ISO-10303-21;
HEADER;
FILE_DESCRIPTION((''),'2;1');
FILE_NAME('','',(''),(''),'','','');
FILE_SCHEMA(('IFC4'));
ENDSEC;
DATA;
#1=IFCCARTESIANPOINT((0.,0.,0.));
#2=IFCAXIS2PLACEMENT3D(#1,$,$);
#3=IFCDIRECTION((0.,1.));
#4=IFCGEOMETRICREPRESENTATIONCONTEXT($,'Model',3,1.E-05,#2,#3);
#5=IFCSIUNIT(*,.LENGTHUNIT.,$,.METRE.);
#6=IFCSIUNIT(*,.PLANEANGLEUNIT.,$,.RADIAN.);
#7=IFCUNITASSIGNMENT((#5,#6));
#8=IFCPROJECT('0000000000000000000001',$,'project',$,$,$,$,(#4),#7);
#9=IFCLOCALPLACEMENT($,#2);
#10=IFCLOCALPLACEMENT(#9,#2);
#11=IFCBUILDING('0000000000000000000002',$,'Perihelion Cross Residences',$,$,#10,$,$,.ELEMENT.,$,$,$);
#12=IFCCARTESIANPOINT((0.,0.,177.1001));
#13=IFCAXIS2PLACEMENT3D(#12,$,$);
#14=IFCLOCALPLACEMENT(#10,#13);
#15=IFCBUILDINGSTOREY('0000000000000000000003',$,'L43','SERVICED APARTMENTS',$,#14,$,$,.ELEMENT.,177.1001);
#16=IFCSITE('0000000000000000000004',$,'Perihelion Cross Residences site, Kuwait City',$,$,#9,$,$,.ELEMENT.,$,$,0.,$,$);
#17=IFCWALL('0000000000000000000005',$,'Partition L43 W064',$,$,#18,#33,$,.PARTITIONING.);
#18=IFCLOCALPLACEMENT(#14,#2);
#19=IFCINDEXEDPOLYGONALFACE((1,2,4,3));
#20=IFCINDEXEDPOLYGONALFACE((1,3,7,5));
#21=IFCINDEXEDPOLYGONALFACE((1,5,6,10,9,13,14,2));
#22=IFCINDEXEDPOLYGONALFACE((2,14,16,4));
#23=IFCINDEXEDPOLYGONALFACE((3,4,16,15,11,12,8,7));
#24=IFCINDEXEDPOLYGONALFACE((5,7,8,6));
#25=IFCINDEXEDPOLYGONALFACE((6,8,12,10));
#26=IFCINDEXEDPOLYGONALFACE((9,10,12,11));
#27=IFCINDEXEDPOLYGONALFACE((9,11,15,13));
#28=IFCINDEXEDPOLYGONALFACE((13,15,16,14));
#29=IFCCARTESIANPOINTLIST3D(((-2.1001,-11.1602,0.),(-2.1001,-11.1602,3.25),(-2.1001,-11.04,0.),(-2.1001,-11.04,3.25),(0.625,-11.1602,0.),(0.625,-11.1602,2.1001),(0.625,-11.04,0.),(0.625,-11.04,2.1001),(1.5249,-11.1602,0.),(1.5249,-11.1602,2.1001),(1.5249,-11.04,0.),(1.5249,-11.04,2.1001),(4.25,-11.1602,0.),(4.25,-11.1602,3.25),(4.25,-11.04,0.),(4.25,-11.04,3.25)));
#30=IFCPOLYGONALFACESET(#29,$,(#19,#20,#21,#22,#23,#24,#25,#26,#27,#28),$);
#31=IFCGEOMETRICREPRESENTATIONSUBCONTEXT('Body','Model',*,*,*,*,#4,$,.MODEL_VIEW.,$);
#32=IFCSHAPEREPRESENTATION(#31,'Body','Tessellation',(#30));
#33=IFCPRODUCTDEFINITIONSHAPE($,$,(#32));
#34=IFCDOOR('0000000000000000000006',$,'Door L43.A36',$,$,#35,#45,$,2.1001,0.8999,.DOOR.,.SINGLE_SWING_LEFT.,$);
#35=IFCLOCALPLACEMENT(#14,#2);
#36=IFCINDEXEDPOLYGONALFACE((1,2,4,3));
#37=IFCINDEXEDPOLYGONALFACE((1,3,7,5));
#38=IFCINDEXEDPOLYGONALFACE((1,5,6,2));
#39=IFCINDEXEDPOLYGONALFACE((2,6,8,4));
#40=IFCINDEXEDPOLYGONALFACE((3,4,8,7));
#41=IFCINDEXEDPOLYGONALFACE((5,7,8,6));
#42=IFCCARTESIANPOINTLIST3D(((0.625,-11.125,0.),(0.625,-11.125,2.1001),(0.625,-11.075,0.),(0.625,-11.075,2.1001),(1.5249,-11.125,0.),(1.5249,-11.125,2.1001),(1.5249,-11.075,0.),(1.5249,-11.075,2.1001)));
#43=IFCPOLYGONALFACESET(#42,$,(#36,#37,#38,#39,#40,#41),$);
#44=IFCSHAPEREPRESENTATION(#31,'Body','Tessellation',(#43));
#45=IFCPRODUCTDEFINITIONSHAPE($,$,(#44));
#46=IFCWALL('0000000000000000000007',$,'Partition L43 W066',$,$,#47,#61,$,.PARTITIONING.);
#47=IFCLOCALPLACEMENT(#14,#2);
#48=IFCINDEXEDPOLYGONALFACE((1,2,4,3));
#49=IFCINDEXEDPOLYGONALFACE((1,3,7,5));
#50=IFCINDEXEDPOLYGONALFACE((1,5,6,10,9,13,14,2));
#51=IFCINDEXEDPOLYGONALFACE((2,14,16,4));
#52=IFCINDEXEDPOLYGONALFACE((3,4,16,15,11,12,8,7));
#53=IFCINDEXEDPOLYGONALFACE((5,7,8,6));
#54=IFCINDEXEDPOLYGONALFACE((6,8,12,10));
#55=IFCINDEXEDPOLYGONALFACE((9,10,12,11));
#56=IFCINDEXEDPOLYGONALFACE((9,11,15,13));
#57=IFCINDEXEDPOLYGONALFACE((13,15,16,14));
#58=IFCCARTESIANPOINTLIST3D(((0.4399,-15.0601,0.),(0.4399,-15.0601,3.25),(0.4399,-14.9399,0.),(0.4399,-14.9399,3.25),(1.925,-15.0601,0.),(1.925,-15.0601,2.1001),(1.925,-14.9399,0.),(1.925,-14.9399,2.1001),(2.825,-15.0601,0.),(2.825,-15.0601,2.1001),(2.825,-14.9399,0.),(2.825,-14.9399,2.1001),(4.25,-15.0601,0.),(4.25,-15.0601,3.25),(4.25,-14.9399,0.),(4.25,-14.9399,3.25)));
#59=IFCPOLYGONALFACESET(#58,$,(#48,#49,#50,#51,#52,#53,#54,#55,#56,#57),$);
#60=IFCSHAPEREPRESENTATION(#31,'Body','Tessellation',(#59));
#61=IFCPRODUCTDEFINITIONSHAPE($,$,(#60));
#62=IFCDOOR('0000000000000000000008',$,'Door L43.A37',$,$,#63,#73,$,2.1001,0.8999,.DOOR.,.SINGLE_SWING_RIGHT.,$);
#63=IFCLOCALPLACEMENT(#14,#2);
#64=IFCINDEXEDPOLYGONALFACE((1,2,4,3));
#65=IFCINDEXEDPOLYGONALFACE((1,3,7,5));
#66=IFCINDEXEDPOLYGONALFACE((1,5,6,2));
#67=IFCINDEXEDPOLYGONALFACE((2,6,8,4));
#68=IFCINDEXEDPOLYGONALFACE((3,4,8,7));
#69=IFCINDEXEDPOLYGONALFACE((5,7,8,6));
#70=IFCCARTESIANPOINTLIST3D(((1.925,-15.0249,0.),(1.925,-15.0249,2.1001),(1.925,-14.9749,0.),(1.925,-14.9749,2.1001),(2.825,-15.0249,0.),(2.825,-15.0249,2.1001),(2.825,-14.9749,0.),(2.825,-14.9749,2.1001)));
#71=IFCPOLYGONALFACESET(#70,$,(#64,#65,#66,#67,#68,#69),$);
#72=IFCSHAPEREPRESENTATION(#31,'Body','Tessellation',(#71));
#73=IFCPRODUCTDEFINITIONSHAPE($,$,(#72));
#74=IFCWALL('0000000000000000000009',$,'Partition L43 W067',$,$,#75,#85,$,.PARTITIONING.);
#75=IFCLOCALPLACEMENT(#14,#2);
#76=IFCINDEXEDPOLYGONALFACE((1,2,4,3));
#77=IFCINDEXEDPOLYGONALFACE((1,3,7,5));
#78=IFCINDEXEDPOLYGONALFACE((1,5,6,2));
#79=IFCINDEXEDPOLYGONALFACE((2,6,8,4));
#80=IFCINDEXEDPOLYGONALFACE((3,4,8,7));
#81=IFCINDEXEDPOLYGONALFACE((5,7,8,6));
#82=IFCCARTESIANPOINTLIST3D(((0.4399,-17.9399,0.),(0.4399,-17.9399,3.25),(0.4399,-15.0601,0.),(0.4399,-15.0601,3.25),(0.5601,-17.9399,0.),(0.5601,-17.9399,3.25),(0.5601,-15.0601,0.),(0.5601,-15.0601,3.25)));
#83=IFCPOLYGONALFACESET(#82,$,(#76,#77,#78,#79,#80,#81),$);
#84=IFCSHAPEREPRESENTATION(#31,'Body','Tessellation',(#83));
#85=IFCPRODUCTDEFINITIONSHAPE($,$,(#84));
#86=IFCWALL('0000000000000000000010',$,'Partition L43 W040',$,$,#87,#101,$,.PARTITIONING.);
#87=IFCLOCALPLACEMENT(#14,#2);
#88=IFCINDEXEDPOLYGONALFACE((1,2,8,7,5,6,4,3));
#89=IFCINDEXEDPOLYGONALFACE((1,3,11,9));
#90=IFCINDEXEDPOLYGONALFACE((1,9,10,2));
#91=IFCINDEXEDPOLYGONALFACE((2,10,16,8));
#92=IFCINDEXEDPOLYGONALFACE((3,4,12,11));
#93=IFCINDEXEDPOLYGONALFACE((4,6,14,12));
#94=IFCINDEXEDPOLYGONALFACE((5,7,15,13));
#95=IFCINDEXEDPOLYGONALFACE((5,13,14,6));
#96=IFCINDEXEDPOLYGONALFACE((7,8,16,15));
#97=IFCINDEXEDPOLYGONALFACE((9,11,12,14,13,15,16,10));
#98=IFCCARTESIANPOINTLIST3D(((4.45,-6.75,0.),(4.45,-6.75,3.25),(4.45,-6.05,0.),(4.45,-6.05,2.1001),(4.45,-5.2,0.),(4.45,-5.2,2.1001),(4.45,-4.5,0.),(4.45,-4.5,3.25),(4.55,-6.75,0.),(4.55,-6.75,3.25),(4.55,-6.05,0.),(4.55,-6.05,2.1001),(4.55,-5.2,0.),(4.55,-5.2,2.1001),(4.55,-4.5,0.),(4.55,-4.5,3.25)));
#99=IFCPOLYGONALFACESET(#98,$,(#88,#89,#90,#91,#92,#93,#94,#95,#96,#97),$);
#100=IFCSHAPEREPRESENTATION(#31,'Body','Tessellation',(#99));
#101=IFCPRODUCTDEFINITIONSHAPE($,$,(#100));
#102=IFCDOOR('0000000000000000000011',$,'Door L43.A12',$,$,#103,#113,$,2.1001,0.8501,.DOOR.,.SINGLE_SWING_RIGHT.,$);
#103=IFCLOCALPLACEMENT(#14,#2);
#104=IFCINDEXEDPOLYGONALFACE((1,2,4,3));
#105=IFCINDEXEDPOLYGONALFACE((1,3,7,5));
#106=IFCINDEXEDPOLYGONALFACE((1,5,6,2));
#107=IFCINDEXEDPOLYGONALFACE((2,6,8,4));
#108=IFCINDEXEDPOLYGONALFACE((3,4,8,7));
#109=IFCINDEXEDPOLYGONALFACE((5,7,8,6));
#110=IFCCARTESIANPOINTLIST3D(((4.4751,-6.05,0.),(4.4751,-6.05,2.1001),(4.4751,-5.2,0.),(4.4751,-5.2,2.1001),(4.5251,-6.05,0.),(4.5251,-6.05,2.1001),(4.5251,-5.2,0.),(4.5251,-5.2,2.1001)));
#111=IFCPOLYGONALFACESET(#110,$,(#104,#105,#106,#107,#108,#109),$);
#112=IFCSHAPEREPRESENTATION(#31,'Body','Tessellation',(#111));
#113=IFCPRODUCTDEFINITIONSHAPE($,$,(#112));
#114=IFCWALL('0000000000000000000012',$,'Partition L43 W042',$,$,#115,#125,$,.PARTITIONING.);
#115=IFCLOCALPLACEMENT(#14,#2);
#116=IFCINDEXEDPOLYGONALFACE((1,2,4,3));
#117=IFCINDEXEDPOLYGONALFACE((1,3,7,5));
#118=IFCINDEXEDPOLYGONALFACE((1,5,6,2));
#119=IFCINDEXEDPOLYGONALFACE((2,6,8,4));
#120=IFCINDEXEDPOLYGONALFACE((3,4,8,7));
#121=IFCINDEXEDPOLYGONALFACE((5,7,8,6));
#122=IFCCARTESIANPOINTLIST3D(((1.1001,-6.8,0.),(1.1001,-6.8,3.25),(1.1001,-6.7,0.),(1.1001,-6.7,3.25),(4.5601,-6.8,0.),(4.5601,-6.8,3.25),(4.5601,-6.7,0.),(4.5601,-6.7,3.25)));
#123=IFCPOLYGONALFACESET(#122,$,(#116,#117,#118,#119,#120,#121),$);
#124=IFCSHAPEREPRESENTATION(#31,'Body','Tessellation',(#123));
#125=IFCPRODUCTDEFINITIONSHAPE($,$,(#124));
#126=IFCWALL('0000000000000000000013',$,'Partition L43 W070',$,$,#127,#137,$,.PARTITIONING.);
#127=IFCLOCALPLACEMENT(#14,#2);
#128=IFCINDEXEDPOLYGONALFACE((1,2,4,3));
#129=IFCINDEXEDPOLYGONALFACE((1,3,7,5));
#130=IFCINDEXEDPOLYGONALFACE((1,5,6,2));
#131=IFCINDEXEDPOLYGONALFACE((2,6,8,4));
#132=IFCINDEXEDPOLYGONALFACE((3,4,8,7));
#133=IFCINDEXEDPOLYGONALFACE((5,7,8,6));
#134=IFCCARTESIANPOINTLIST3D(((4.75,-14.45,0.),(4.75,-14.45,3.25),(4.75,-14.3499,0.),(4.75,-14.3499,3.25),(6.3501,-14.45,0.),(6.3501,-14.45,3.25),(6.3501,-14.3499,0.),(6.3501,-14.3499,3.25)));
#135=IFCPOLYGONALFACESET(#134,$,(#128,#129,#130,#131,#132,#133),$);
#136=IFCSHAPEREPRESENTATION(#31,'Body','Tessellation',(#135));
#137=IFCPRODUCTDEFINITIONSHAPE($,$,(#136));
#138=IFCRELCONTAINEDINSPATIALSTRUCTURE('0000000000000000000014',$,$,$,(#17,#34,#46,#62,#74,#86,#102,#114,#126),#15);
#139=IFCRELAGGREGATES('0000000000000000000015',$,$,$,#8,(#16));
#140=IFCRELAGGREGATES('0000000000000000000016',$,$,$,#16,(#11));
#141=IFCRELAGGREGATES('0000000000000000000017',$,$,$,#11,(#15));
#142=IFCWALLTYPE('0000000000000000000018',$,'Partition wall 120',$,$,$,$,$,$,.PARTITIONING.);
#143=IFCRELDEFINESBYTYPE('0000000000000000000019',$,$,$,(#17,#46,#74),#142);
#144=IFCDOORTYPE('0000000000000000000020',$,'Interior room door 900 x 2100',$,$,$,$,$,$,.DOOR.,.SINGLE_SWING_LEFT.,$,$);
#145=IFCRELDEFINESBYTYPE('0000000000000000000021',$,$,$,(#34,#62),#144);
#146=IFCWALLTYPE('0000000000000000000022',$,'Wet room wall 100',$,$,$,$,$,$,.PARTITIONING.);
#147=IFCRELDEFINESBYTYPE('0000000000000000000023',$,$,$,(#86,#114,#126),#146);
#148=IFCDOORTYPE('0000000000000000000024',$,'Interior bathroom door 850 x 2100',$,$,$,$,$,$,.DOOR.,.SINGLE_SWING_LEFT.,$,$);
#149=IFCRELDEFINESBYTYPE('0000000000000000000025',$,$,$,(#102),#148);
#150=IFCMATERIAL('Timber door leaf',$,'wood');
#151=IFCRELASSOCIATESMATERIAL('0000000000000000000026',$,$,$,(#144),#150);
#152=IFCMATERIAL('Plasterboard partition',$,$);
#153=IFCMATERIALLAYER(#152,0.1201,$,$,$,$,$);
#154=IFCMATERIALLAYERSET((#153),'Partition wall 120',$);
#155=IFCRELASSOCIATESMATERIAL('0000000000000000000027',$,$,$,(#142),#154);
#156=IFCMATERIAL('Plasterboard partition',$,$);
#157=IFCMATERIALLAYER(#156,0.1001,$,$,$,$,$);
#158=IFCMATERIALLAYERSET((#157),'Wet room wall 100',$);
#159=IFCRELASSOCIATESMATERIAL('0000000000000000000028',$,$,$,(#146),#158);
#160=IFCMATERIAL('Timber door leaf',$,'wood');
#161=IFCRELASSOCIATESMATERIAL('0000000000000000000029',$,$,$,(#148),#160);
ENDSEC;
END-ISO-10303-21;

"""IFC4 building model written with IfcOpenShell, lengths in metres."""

from ifc_helpers import new_model, si_unit, direction, frame, frame_2d, origin, place, context, subcontext, project, spatial, rectangle, extrude, material, layer, layer_set, type_object, element, fill, save


model = new_model("IFC4")

# Units and contexts
model_context = context("Model", 3, precision=1e-05, world=origin(), true_north=direction((0.0, 1.0)))
body_context = subcontext(model_context, "Body", "Model", "MODEL_VIEW")
ifc_project = project(units=[si_unit("LENGTHUNIT", "METRE"), si_unit("PLANEANGLEUNIT", "RADIAN")], contexts=[model_context])

# Site, building, storey
site_placement = place(None, origin())
site = spatial("IfcSite", under=ifc_project, at=site_placement, Name="Perihelion Cross Residences site, Kuwait City", CompositionType="ELEMENT", RefElevation=0.0)
building_placement = place(site_placement, origin())
building = spatial("IfcBuilding", under=site, at=building_placement, Name="Perihelion Cross Residences", CompositionType="ELEMENT")
storey_placement = place(building_placement, frame((0.0, 0.0, 177.1001)))
storey = spatial("IfcBuildingStorey", under=building, at=storey_placement, Name="L43", Description="SERVICED APARTMENTS", CompositionType="ELEMENT", Elevation=177.1001)

# Walls, openings, doors
ifc_material_1 = material(Name="Timber door leaf", Category="wood")
door_type_1 = type_object("IfcDoorType", Name="Interior room door 900 x 2100", OperationType="SINGLE_SWING_LEFT", PredefinedType="DOOR", material=ifc_material_1)
ifc_material_2 = material(Name="Plasterboard partition")
ifc_layer_1 = layer(ifc_material_2, 0.1201)
ifc_layer_set_1 = layer_set([ifc_layer_1], Name="Partition wall 120")
wall_type_1 = type_object("IfcWallType", Name="Partition wall 120", PredefinedType="PARTITIONING", material=ifc_layer_set_1)
wall_1_placement = place(storey_placement, frame((4.25, -11.1001, 0.0), z_axis=(0.0, 0.0, 1.0), x_axis=(-1.0, 0.0, 0.0)))
wall_1 = element("IfcWall", 1, at=wall_1_placement, inside=storey, type_object=wall_type_1, Name="Partition L43 W064", PredefinedType="PARTITIONING", context=body_context, shape_type="SweptSolid", body=[
    extrude(rectangle(XDim=6.3501, YDim=0.1201, at=frame_2d((3.175, 0.0))), origin(), (0.0, 0.0, 1.0), 3.25),
])
opening_1_placement = place(wall_1_placement, frame((2.7251, 0.0, 0.0)))
opening_1 = element("IfcOpeningElement", 2, at=opening_1_placement, cuts=wall_1, PredefinedType="OPENING", context=body_context, shape_type="SweptSolid", body=[
    extrude(rectangle(XDim=0.8999, YDim=2.1001, at=frame_2d((0.45, 1.05))), frame((0.0, 0.0701, 0.0), z_axis=(0.0, -1.0, 0.0), x_axis=(1.0, 0.0, 0.0)), (0.0, 0.0, 1.0), 0.1401),
])
door_1_placement = place(opening_1_placement, origin())
door_1 = element("IfcDoor", 3, at=door_1_placement, inside=storey, type_object=door_type_1, Name="Door L43.A36", OperationType="SINGLE_SWING_LEFT", OverallHeight=2.1001, OverallWidth=0.8999, PredefinedType="DOOR", context=body_context, shape_type="SweptSolid", body=[
    extrude(rectangle(XDim=0.8999, YDim=2.1001, at=frame_2d((0.45, 1.05))), frame((0.0, 0.0249, 0.0), z_axis=(0.0, -1.0, 0.0), x_axis=(1.0, 0.0, 0.0)), (0.0, 0.0, 1.0), 0.05),
])
fill(opening_1, door_1)
wall_2_placement = place(storey_placement, frame((4.25, -15.0, 0.0), z_axis=(0.0, 0.0, 1.0), x_axis=(-1.0, 0.0, 0.0)))
wall_2 = element("IfcWall", 4, at=wall_2_placement, inside=storey, type_object=wall_type_1, Name="Partition L43 W066", PredefinedType="PARTITIONING", context=body_context, shape_type="SweptSolid", body=[
    extrude(rectangle(XDim=3.8101, YDim=0.1201, at=frame_2d((1.905, 0.0))), origin(), (0.0, 0.0, 1.0), 3.25),
])
opening_2_placement = place(wall_2_placement, frame((1.425, 0.0, 0.0)))
opening_2 = element("IfcOpeningElement", 5, at=opening_2_placement, cuts=wall_2, PredefinedType="OPENING", context=body_context, shape_type="SweptSolid", body=[
    extrude(rectangle(XDim=0.8999, YDim=2.1001, at=frame_2d((0.45, 1.05))), frame((0.0, 0.0701, 0.0), z_axis=(0.0, -1.0, 0.0), x_axis=(1.0, 0.0, 0.0)), (0.0, 0.0, 1.0), 0.1401),
])
door_2_placement = place(opening_2_placement, origin())
door_2 = element("IfcDoor", 6, at=door_2_placement, inside=storey, type_object=door_type_1, Name="Door L43.A37", OperationType="SINGLE_SWING_RIGHT", OverallHeight=2.1001, OverallWidth=0.8999, PredefinedType="DOOR", context=body_context, shape_type="SweptSolid", body=[
    extrude(rectangle(XDim=0.8999, YDim=2.1001, at=frame_2d((0.45, 1.05))), frame((0.0, 0.0249, 0.0), z_axis=(0.0, -1.0, 0.0), x_axis=(1.0, 0.0, 0.0)), (0.0, 0.0, 1.0), 0.05),
])
fill(opening_2, door_2)

# Wall
wall_3_placement = place(storey_placement, frame((0.5, -15.0601, 0.0), z_axis=(0.0, 0.0, 1.0), x_axis=(0.0, -1.0, 0.0)))
element("IfcWall", 7, at=wall_3_placement, inside=storey, type_object=wall_type_1, Name="Partition L43 W067", PredefinedType="PARTITIONING", context=body_context, shape_type="SweptSolid", body=[
    extrude(rectangle(XDim=2.8799, YDim=0.1201, at=frame_2d((1.4399, 0.0))), origin(), (0.0, 0.0, 1.0), 3.25),
])

# Wall, opening, door
ifc_material_3 = material(Name="Plasterboard partition")
ifc_layer_2 = layer(ifc_material_3, 0.1001)
ifc_layer_set_2 = layer_set([ifc_layer_2], Name="Wet room wall 100")
wall_type_2 = type_object("IfcWallType", Name="Wet room wall 100", PredefinedType="PARTITIONING", material=ifc_layer_set_2)
wall_4_placement = place(storey_placement, frame((4.5, -6.75, 0.0), z_axis=(0.0, 0.0, 1.0), x_axis=(0.0, 1.0, 0.0)))
wall_4 = element("IfcWall", 8, at=wall_4_placement, inside=storey, type_object=wall_type_2, Name="Partition L43 W040", PredefinedType="PARTITIONING", context=body_context, shape_type="SweptSolid", body=[
    extrude(rectangle(XDim=2.25, YDim=0.1001, at=frame_2d((1.125, 0.0))), origin(), (0.0, 0.0, 1.0), 3.25),
])
opening_3_placement = place(wall_4_placement, frame((0.7, 0.0, 0.0)))
opening_3 = element("IfcOpeningElement", 9, at=opening_3_placement, cuts=wall_4, PredefinedType="OPENING", context=body_context, shape_type="SweptSolid", body=[
    extrude(rectangle(XDim=0.8501, YDim=2.1001, at=frame_2d((0.425, 1.05))), frame((0.0, 0.0601, 0.0), z_axis=(0.0, -1.0, 0.0), x_axis=(1.0, 0.0, 0.0)), (0.0, 0.0, 1.0), 0.1201),
])
ifc_material_4 = material(Name="Timber door leaf", Category="wood")
door_type_2 = type_object("IfcDoorType", Name="Interior bathroom door 850 x 2100", OperationType="SINGLE_SWING_LEFT", PredefinedType="DOOR", material=ifc_material_4)
door_3_placement = place(opening_3_placement, origin())
door_3 = element("IfcDoor", 10, at=door_3_placement, inside=storey, type_object=door_type_2, Name="Door L43.A12", OperationType="SINGLE_SWING_RIGHT", OverallHeight=2.1001, OverallWidth=0.8501, PredefinedType="DOOR", context=body_context, shape_type="SweptSolid", body=[
    extrude(rectangle(XDim=0.8501, YDim=2.1001, at=frame_2d((0.425, 1.05))), frame((0.0, 0.0249, 0.0), z_axis=(0.0, -1.0, 0.0), x_axis=(1.0, 0.0, 0.0)), (0.0, 0.0, 1.0), 0.05),
])
fill(opening_3, door_3)

# Walls
wall_5_placement = place(storey_placement, frame((4.5601, -6.75, 0.0), z_axis=(0.0, 0.0, 1.0), x_axis=(-1.0, 0.0, 0.0)))
element("IfcWall", 11, at=wall_5_placement, inside=storey, type_object=wall_type_2, Name="Partition L43 W042", PredefinedType="PARTITIONING", context=body_context, shape_type="SweptSolid", body=[
    extrude(rectangle(XDim=3.46, YDim=0.1001, at=frame_2d((1.73, 0.0))), origin(), (0.0, 0.0, 1.0), 3.25),
])
wall_6_placement = place(storey_placement, frame((6.3501, -14.3999, 0.0), z_axis=(0.0, 0.0, 1.0), x_axis=(-1.0, 0.0, 0.0)))
element("IfcWall", 12, at=wall_6_placement, inside=storey, type_object=wall_type_2, Name="Partition L43 W070", PredefinedType="PARTITIONING", context=body_context, shape_type="SweptSolid", body=[
    extrude(rectangle(XDim=1.6001, YDim=0.1001, at=frame_2d((0.8, 0.0))), origin(), (0.0, 0.0, 1.0), 3.25),
])

save(model, "model.ifc")
